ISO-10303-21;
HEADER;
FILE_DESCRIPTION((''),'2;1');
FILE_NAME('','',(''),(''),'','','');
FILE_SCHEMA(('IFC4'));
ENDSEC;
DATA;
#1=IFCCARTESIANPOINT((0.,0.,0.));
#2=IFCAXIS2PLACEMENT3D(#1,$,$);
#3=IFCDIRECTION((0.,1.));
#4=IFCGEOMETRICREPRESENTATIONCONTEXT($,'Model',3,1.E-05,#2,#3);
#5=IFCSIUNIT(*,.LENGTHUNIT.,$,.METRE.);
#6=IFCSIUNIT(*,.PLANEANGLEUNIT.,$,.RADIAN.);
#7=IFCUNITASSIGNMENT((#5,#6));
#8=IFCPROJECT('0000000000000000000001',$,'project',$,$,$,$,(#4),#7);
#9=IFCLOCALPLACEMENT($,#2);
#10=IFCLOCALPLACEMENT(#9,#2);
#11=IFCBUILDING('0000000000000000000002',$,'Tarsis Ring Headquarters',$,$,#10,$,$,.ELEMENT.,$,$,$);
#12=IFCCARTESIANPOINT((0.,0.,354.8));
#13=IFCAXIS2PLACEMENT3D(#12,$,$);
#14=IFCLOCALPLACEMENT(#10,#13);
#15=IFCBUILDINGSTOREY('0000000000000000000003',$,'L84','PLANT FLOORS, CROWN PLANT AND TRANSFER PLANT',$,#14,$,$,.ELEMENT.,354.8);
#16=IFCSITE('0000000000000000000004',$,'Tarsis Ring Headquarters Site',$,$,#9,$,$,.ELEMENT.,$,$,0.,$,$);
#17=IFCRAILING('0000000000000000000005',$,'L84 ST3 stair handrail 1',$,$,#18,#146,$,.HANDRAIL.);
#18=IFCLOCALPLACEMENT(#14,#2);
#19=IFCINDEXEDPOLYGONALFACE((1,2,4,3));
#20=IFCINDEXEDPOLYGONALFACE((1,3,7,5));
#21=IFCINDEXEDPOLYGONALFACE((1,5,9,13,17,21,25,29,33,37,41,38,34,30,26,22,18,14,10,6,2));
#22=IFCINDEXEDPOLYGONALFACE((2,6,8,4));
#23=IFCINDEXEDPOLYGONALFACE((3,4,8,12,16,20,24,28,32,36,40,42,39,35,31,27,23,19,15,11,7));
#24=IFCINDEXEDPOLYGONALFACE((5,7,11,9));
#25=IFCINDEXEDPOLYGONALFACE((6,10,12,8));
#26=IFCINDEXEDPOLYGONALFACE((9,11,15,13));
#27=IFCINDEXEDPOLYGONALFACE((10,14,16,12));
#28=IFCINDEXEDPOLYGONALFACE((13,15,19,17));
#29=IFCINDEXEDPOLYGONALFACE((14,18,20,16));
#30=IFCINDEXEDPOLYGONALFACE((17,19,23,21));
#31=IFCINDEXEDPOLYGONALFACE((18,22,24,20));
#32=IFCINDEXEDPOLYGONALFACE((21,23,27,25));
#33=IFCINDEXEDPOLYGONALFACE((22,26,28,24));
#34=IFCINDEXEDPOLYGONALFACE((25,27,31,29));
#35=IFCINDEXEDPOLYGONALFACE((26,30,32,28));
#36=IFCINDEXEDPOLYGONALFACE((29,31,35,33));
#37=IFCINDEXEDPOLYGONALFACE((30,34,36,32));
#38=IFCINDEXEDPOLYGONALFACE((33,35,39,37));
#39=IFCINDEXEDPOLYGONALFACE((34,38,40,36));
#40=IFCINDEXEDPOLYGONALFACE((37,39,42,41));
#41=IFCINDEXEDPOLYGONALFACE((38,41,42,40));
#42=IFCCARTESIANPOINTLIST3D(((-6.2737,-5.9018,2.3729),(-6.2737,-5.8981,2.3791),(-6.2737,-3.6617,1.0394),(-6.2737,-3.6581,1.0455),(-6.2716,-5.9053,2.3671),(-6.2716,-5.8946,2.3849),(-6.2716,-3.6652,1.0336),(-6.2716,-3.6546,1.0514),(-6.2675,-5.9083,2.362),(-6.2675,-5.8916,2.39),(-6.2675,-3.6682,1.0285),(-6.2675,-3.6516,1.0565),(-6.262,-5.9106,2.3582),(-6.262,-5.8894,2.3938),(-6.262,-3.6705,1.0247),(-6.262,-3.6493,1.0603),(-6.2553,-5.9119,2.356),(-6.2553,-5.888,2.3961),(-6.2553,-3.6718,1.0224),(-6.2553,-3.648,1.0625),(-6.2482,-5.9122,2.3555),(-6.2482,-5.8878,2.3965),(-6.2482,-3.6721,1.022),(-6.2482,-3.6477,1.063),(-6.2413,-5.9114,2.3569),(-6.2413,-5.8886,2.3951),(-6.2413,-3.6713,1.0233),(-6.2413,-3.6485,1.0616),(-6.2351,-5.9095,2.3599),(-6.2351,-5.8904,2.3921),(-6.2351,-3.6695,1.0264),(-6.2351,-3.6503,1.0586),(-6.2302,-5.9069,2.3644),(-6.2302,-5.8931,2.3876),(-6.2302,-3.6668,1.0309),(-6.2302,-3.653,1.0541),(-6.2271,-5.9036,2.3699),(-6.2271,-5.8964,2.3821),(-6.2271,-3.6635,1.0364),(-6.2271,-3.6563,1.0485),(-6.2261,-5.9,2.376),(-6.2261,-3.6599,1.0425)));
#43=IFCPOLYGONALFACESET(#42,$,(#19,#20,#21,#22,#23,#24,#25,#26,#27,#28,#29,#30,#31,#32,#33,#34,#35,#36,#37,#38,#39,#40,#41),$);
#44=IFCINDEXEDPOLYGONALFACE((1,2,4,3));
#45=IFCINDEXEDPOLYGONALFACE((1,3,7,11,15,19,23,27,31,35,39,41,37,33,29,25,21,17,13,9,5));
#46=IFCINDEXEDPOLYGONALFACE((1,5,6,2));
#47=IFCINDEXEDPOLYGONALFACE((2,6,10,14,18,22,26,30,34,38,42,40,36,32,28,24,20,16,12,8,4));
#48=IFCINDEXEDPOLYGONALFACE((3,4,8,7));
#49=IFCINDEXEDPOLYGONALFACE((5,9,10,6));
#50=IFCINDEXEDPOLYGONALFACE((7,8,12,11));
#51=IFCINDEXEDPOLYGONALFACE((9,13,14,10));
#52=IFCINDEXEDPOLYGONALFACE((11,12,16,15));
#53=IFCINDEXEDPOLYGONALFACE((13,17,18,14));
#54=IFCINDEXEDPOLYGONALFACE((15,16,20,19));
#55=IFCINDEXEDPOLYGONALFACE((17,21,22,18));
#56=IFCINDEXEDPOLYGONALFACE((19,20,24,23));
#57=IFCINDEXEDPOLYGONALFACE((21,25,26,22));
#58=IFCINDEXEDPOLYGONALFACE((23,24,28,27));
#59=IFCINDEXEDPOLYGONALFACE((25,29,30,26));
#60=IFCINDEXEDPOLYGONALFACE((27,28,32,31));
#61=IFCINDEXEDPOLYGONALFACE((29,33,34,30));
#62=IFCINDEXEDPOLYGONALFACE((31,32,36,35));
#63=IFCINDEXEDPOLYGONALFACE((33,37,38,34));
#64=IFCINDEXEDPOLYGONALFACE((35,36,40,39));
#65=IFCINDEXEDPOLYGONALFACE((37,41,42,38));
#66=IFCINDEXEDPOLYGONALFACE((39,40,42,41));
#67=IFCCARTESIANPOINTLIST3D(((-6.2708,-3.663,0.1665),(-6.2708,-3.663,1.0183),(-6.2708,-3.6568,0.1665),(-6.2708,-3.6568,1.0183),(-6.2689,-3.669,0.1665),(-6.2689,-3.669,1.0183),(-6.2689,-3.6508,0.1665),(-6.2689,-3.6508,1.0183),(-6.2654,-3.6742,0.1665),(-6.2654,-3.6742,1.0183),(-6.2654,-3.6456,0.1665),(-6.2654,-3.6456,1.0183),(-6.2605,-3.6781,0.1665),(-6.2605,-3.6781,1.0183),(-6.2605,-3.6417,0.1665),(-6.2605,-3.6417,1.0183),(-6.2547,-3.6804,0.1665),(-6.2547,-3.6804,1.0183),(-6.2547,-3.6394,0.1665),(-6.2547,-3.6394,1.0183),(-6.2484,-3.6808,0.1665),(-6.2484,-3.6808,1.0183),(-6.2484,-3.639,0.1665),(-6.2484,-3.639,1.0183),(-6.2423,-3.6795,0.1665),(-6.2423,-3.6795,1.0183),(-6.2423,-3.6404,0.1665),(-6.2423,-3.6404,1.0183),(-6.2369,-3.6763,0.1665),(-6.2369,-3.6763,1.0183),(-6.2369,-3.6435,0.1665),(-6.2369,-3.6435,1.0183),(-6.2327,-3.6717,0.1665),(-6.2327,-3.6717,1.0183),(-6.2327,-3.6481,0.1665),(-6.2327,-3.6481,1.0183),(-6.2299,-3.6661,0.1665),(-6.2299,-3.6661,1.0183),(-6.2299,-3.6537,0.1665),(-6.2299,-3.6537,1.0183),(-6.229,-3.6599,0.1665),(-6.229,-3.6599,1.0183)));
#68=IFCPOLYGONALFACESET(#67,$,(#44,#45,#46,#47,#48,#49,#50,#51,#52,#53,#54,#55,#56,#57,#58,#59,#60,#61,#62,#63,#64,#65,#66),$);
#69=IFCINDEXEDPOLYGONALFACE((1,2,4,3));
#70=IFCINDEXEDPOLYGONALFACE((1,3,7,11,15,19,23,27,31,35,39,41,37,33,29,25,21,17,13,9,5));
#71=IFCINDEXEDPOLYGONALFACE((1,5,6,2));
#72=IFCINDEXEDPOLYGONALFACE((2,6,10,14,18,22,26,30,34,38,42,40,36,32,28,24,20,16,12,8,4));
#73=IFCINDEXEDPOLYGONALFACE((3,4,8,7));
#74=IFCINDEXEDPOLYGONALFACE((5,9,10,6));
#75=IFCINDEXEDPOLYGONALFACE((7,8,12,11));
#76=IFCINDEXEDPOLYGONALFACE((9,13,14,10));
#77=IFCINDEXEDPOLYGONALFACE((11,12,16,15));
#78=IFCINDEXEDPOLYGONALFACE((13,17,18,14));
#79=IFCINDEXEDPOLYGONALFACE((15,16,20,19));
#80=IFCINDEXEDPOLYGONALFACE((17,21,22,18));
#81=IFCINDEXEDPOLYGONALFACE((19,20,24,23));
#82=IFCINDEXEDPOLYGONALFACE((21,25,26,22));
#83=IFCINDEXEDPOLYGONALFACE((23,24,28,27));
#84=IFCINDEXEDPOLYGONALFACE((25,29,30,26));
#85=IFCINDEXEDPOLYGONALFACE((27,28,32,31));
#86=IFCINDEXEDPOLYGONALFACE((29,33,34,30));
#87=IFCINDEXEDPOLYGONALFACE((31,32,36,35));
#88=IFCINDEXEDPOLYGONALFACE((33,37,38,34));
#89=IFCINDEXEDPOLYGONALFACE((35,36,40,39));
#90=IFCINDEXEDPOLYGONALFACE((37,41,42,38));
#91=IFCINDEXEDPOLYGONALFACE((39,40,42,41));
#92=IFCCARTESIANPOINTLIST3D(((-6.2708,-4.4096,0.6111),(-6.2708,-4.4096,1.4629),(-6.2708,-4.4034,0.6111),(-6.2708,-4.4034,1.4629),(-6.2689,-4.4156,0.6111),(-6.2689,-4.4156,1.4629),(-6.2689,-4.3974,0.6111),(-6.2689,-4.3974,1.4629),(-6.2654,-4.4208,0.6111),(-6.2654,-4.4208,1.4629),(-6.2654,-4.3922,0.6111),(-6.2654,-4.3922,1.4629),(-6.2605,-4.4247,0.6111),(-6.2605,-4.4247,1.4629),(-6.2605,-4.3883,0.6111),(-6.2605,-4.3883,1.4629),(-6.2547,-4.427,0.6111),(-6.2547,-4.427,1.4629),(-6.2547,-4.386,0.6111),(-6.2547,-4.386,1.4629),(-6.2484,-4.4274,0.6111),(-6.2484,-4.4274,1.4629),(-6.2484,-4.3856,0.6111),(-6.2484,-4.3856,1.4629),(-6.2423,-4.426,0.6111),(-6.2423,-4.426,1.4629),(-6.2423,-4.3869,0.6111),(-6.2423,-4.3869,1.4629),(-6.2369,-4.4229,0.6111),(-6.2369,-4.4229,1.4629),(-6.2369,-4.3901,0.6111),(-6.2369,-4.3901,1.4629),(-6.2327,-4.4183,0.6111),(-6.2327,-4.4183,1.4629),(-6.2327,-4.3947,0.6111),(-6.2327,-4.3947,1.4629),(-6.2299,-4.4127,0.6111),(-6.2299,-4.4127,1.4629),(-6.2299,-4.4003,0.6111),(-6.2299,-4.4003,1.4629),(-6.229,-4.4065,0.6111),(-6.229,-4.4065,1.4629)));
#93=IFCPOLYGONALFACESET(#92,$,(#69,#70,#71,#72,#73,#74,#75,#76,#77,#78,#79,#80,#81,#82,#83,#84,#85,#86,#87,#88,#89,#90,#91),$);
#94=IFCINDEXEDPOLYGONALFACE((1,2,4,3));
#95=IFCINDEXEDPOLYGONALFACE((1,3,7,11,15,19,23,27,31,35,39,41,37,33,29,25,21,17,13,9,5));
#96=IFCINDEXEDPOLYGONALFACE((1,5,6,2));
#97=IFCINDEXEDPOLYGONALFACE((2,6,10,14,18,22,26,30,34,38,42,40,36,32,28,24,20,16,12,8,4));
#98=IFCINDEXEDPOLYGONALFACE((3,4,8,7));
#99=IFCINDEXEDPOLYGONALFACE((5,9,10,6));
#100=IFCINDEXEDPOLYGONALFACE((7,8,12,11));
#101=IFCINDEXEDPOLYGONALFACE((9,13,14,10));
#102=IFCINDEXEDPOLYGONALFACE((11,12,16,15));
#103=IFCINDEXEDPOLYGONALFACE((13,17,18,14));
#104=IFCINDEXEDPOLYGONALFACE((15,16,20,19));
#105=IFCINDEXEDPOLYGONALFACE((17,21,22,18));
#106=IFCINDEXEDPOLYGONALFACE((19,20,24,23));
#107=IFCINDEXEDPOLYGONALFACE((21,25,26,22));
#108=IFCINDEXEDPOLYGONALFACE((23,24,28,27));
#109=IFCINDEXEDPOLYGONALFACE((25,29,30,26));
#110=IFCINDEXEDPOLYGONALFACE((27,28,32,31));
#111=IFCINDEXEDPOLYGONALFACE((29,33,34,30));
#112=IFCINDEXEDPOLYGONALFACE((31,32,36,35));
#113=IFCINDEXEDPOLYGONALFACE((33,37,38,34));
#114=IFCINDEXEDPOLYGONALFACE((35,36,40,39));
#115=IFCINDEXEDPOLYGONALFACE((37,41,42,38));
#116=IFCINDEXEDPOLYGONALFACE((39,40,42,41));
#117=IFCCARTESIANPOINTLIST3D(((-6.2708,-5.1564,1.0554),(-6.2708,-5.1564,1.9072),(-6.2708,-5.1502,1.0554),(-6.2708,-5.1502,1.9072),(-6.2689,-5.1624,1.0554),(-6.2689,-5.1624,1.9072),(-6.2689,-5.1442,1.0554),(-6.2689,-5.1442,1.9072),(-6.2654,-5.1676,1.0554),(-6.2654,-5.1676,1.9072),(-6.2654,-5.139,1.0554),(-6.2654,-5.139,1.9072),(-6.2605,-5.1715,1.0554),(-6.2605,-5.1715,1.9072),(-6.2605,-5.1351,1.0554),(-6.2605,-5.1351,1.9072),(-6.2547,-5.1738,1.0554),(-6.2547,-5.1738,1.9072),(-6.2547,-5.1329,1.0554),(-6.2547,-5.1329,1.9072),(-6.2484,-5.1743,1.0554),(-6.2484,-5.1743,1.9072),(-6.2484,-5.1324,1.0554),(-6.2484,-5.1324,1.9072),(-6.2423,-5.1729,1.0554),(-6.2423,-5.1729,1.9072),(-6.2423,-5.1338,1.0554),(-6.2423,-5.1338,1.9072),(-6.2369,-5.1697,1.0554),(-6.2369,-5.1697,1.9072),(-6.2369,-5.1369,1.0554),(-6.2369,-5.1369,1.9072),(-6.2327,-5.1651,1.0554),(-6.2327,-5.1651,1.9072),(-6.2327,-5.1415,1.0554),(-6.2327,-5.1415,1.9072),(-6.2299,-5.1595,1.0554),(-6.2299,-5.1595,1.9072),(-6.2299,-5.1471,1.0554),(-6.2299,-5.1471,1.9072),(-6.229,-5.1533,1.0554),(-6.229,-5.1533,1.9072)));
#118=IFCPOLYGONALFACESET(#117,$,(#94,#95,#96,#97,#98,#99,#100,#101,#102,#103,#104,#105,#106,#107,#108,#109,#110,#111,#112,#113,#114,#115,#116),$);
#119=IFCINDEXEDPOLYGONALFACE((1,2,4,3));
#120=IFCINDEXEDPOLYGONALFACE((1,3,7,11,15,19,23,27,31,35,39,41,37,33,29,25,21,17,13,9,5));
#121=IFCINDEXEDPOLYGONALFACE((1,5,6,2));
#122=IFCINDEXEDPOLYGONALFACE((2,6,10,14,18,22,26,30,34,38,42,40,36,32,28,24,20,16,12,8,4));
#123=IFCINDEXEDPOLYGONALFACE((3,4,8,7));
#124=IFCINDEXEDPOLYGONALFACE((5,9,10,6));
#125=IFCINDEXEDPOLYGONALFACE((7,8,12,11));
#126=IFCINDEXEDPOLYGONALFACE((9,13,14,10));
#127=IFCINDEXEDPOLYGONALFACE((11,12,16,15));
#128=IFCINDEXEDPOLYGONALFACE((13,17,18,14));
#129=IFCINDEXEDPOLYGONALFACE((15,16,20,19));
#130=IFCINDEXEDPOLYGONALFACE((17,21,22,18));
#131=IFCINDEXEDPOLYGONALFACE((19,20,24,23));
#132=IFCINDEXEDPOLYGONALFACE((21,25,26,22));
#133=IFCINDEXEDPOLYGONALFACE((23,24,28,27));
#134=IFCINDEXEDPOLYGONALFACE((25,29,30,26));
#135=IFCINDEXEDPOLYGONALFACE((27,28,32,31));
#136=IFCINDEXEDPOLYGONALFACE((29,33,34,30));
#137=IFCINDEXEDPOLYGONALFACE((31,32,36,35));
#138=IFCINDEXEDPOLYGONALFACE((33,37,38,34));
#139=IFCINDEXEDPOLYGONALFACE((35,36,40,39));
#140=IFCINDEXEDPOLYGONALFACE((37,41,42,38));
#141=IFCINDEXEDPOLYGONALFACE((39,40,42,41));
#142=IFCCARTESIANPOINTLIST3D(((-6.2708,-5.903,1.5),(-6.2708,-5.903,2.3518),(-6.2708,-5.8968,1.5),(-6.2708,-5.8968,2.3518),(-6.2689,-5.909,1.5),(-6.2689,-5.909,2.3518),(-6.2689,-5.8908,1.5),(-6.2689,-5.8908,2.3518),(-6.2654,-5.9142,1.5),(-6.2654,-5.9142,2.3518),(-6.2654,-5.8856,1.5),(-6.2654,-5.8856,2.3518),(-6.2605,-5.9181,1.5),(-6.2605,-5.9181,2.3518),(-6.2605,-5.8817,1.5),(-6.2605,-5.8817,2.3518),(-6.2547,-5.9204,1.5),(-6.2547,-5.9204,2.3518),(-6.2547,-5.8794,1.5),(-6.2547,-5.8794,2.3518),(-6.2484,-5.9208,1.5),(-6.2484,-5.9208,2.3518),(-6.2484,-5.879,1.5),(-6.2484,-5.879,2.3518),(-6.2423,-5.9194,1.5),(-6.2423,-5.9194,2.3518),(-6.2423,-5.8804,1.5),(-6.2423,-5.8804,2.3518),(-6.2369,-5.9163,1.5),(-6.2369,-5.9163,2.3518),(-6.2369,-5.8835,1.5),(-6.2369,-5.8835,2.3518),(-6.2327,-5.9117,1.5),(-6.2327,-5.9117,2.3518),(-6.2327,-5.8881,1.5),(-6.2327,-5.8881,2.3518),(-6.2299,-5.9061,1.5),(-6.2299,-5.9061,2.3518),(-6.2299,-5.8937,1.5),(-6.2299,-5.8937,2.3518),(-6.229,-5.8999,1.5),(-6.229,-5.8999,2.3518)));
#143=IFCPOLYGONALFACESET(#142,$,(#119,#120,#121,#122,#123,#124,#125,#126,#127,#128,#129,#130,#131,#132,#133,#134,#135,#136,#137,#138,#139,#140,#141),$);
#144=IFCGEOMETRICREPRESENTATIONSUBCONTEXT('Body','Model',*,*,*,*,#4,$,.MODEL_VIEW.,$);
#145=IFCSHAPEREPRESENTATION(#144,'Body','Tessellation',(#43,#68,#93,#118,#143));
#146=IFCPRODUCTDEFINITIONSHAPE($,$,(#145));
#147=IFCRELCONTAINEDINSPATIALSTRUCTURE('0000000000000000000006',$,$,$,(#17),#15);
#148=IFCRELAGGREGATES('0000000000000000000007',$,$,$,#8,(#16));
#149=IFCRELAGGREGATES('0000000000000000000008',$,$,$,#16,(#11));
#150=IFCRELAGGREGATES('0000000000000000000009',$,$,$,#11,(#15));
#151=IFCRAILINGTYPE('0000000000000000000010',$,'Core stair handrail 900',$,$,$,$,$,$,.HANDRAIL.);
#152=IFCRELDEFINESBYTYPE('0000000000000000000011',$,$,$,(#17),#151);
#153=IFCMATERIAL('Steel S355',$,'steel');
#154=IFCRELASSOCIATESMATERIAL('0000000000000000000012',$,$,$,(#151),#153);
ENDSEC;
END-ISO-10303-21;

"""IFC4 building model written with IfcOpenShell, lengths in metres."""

from ifc_helpers import new_model, si_unit, direction, frame, origin, origin_2d, place, context, subcontext, project, spatial, circle, extrude, material, type_object, element, save


model = new_model("IFC4")

# Units and contexts
model_context = context("Model", 3, precision=1e-05, world=origin(), true_north=direction((0.0, 1.0)))
body_context = subcontext(model_context, "Body", "Model", "MODEL_VIEW")
ifc_project = project(units=[si_unit("LENGTHUNIT", "METRE"), si_unit("PLANEANGLEUNIT", "RADIAN")], contexts=[model_context])

# Site, building, storey
site_placement = place(None, origin())
site = spatial("IfcSite", under=ifc_project, at=site_placement, Name="Tarsis Ring Headquarters Site", CompositionType="ELEMENT", RefElevation=0.0)
building_placement = place(site_placement, origin())
building = spatial("IfcBuilding", under=site, at=building_placement, Name="Tarsis Ring Headquarters", CompositionType="ELEMENT")
storey_placement = place(building_placement, frame((0.0, 0.0, 354.8)))
storey = spatial("IfcBuildingStorey", under=building, at=storey_placement, Name="L84", Description="PLANT FLOORS, CROWN PLANT AND TRANSFER PLANT", CompositionType="ELEMENT", Elevation=354.8)

# Railing
ifc_material_1 = material(Name="Steel S355", Category="steel")
railing_type_1 = type_object("IfcRailingType", Name="Core stair handrail 900", PredefinedType="HANDRAIL", material=ifc_material_1)
railing_1_placement = place(storey_placement, frame((-6.25, -3.6599, 0.1665)))
element("IfcRailing", 1, at=railing_1_placement, inside=storey, type_object=railing_type_1, Name="L84 ST3 stair handrail 1", PredefinedType="HANDRAIL", context=body_context, shape_type="SweptSolid", body=[
    extrude(circle(Radius=0.0239, at=origin_2d()), frame((0.0, 0.0, 0.876), z_axis=(0.0, -0.859264, 0.511532), x_axis=(1.0, 0.0, 0.0)), (0.0, 0.0, 1.0), 2.6069),
    extrude(circle(Radius=0.021, at=origin_2d()), origin(), (0.0, 0.0, 1.0), 0.8518),
    extrude(circle(Radius=0.021, at=origin_2d()), frame((0.0, -0.7466, 0.4446)), (0.0, 0.0, 1.0), 0.8518),
    extrude(circle(Radius=0.021, at=origin_2d()), frame((0.0, -1.4934, 0.8889)), (0.0, 0.0, 1.0), 0.8518),
    extrude(circle(Radius=0.021, at=origin_2d()), frame((0.0, -2.24, 1.3335)), (0.0, 0.0, 1.0), 0.8518),
])

save(model, "model.ifc")
